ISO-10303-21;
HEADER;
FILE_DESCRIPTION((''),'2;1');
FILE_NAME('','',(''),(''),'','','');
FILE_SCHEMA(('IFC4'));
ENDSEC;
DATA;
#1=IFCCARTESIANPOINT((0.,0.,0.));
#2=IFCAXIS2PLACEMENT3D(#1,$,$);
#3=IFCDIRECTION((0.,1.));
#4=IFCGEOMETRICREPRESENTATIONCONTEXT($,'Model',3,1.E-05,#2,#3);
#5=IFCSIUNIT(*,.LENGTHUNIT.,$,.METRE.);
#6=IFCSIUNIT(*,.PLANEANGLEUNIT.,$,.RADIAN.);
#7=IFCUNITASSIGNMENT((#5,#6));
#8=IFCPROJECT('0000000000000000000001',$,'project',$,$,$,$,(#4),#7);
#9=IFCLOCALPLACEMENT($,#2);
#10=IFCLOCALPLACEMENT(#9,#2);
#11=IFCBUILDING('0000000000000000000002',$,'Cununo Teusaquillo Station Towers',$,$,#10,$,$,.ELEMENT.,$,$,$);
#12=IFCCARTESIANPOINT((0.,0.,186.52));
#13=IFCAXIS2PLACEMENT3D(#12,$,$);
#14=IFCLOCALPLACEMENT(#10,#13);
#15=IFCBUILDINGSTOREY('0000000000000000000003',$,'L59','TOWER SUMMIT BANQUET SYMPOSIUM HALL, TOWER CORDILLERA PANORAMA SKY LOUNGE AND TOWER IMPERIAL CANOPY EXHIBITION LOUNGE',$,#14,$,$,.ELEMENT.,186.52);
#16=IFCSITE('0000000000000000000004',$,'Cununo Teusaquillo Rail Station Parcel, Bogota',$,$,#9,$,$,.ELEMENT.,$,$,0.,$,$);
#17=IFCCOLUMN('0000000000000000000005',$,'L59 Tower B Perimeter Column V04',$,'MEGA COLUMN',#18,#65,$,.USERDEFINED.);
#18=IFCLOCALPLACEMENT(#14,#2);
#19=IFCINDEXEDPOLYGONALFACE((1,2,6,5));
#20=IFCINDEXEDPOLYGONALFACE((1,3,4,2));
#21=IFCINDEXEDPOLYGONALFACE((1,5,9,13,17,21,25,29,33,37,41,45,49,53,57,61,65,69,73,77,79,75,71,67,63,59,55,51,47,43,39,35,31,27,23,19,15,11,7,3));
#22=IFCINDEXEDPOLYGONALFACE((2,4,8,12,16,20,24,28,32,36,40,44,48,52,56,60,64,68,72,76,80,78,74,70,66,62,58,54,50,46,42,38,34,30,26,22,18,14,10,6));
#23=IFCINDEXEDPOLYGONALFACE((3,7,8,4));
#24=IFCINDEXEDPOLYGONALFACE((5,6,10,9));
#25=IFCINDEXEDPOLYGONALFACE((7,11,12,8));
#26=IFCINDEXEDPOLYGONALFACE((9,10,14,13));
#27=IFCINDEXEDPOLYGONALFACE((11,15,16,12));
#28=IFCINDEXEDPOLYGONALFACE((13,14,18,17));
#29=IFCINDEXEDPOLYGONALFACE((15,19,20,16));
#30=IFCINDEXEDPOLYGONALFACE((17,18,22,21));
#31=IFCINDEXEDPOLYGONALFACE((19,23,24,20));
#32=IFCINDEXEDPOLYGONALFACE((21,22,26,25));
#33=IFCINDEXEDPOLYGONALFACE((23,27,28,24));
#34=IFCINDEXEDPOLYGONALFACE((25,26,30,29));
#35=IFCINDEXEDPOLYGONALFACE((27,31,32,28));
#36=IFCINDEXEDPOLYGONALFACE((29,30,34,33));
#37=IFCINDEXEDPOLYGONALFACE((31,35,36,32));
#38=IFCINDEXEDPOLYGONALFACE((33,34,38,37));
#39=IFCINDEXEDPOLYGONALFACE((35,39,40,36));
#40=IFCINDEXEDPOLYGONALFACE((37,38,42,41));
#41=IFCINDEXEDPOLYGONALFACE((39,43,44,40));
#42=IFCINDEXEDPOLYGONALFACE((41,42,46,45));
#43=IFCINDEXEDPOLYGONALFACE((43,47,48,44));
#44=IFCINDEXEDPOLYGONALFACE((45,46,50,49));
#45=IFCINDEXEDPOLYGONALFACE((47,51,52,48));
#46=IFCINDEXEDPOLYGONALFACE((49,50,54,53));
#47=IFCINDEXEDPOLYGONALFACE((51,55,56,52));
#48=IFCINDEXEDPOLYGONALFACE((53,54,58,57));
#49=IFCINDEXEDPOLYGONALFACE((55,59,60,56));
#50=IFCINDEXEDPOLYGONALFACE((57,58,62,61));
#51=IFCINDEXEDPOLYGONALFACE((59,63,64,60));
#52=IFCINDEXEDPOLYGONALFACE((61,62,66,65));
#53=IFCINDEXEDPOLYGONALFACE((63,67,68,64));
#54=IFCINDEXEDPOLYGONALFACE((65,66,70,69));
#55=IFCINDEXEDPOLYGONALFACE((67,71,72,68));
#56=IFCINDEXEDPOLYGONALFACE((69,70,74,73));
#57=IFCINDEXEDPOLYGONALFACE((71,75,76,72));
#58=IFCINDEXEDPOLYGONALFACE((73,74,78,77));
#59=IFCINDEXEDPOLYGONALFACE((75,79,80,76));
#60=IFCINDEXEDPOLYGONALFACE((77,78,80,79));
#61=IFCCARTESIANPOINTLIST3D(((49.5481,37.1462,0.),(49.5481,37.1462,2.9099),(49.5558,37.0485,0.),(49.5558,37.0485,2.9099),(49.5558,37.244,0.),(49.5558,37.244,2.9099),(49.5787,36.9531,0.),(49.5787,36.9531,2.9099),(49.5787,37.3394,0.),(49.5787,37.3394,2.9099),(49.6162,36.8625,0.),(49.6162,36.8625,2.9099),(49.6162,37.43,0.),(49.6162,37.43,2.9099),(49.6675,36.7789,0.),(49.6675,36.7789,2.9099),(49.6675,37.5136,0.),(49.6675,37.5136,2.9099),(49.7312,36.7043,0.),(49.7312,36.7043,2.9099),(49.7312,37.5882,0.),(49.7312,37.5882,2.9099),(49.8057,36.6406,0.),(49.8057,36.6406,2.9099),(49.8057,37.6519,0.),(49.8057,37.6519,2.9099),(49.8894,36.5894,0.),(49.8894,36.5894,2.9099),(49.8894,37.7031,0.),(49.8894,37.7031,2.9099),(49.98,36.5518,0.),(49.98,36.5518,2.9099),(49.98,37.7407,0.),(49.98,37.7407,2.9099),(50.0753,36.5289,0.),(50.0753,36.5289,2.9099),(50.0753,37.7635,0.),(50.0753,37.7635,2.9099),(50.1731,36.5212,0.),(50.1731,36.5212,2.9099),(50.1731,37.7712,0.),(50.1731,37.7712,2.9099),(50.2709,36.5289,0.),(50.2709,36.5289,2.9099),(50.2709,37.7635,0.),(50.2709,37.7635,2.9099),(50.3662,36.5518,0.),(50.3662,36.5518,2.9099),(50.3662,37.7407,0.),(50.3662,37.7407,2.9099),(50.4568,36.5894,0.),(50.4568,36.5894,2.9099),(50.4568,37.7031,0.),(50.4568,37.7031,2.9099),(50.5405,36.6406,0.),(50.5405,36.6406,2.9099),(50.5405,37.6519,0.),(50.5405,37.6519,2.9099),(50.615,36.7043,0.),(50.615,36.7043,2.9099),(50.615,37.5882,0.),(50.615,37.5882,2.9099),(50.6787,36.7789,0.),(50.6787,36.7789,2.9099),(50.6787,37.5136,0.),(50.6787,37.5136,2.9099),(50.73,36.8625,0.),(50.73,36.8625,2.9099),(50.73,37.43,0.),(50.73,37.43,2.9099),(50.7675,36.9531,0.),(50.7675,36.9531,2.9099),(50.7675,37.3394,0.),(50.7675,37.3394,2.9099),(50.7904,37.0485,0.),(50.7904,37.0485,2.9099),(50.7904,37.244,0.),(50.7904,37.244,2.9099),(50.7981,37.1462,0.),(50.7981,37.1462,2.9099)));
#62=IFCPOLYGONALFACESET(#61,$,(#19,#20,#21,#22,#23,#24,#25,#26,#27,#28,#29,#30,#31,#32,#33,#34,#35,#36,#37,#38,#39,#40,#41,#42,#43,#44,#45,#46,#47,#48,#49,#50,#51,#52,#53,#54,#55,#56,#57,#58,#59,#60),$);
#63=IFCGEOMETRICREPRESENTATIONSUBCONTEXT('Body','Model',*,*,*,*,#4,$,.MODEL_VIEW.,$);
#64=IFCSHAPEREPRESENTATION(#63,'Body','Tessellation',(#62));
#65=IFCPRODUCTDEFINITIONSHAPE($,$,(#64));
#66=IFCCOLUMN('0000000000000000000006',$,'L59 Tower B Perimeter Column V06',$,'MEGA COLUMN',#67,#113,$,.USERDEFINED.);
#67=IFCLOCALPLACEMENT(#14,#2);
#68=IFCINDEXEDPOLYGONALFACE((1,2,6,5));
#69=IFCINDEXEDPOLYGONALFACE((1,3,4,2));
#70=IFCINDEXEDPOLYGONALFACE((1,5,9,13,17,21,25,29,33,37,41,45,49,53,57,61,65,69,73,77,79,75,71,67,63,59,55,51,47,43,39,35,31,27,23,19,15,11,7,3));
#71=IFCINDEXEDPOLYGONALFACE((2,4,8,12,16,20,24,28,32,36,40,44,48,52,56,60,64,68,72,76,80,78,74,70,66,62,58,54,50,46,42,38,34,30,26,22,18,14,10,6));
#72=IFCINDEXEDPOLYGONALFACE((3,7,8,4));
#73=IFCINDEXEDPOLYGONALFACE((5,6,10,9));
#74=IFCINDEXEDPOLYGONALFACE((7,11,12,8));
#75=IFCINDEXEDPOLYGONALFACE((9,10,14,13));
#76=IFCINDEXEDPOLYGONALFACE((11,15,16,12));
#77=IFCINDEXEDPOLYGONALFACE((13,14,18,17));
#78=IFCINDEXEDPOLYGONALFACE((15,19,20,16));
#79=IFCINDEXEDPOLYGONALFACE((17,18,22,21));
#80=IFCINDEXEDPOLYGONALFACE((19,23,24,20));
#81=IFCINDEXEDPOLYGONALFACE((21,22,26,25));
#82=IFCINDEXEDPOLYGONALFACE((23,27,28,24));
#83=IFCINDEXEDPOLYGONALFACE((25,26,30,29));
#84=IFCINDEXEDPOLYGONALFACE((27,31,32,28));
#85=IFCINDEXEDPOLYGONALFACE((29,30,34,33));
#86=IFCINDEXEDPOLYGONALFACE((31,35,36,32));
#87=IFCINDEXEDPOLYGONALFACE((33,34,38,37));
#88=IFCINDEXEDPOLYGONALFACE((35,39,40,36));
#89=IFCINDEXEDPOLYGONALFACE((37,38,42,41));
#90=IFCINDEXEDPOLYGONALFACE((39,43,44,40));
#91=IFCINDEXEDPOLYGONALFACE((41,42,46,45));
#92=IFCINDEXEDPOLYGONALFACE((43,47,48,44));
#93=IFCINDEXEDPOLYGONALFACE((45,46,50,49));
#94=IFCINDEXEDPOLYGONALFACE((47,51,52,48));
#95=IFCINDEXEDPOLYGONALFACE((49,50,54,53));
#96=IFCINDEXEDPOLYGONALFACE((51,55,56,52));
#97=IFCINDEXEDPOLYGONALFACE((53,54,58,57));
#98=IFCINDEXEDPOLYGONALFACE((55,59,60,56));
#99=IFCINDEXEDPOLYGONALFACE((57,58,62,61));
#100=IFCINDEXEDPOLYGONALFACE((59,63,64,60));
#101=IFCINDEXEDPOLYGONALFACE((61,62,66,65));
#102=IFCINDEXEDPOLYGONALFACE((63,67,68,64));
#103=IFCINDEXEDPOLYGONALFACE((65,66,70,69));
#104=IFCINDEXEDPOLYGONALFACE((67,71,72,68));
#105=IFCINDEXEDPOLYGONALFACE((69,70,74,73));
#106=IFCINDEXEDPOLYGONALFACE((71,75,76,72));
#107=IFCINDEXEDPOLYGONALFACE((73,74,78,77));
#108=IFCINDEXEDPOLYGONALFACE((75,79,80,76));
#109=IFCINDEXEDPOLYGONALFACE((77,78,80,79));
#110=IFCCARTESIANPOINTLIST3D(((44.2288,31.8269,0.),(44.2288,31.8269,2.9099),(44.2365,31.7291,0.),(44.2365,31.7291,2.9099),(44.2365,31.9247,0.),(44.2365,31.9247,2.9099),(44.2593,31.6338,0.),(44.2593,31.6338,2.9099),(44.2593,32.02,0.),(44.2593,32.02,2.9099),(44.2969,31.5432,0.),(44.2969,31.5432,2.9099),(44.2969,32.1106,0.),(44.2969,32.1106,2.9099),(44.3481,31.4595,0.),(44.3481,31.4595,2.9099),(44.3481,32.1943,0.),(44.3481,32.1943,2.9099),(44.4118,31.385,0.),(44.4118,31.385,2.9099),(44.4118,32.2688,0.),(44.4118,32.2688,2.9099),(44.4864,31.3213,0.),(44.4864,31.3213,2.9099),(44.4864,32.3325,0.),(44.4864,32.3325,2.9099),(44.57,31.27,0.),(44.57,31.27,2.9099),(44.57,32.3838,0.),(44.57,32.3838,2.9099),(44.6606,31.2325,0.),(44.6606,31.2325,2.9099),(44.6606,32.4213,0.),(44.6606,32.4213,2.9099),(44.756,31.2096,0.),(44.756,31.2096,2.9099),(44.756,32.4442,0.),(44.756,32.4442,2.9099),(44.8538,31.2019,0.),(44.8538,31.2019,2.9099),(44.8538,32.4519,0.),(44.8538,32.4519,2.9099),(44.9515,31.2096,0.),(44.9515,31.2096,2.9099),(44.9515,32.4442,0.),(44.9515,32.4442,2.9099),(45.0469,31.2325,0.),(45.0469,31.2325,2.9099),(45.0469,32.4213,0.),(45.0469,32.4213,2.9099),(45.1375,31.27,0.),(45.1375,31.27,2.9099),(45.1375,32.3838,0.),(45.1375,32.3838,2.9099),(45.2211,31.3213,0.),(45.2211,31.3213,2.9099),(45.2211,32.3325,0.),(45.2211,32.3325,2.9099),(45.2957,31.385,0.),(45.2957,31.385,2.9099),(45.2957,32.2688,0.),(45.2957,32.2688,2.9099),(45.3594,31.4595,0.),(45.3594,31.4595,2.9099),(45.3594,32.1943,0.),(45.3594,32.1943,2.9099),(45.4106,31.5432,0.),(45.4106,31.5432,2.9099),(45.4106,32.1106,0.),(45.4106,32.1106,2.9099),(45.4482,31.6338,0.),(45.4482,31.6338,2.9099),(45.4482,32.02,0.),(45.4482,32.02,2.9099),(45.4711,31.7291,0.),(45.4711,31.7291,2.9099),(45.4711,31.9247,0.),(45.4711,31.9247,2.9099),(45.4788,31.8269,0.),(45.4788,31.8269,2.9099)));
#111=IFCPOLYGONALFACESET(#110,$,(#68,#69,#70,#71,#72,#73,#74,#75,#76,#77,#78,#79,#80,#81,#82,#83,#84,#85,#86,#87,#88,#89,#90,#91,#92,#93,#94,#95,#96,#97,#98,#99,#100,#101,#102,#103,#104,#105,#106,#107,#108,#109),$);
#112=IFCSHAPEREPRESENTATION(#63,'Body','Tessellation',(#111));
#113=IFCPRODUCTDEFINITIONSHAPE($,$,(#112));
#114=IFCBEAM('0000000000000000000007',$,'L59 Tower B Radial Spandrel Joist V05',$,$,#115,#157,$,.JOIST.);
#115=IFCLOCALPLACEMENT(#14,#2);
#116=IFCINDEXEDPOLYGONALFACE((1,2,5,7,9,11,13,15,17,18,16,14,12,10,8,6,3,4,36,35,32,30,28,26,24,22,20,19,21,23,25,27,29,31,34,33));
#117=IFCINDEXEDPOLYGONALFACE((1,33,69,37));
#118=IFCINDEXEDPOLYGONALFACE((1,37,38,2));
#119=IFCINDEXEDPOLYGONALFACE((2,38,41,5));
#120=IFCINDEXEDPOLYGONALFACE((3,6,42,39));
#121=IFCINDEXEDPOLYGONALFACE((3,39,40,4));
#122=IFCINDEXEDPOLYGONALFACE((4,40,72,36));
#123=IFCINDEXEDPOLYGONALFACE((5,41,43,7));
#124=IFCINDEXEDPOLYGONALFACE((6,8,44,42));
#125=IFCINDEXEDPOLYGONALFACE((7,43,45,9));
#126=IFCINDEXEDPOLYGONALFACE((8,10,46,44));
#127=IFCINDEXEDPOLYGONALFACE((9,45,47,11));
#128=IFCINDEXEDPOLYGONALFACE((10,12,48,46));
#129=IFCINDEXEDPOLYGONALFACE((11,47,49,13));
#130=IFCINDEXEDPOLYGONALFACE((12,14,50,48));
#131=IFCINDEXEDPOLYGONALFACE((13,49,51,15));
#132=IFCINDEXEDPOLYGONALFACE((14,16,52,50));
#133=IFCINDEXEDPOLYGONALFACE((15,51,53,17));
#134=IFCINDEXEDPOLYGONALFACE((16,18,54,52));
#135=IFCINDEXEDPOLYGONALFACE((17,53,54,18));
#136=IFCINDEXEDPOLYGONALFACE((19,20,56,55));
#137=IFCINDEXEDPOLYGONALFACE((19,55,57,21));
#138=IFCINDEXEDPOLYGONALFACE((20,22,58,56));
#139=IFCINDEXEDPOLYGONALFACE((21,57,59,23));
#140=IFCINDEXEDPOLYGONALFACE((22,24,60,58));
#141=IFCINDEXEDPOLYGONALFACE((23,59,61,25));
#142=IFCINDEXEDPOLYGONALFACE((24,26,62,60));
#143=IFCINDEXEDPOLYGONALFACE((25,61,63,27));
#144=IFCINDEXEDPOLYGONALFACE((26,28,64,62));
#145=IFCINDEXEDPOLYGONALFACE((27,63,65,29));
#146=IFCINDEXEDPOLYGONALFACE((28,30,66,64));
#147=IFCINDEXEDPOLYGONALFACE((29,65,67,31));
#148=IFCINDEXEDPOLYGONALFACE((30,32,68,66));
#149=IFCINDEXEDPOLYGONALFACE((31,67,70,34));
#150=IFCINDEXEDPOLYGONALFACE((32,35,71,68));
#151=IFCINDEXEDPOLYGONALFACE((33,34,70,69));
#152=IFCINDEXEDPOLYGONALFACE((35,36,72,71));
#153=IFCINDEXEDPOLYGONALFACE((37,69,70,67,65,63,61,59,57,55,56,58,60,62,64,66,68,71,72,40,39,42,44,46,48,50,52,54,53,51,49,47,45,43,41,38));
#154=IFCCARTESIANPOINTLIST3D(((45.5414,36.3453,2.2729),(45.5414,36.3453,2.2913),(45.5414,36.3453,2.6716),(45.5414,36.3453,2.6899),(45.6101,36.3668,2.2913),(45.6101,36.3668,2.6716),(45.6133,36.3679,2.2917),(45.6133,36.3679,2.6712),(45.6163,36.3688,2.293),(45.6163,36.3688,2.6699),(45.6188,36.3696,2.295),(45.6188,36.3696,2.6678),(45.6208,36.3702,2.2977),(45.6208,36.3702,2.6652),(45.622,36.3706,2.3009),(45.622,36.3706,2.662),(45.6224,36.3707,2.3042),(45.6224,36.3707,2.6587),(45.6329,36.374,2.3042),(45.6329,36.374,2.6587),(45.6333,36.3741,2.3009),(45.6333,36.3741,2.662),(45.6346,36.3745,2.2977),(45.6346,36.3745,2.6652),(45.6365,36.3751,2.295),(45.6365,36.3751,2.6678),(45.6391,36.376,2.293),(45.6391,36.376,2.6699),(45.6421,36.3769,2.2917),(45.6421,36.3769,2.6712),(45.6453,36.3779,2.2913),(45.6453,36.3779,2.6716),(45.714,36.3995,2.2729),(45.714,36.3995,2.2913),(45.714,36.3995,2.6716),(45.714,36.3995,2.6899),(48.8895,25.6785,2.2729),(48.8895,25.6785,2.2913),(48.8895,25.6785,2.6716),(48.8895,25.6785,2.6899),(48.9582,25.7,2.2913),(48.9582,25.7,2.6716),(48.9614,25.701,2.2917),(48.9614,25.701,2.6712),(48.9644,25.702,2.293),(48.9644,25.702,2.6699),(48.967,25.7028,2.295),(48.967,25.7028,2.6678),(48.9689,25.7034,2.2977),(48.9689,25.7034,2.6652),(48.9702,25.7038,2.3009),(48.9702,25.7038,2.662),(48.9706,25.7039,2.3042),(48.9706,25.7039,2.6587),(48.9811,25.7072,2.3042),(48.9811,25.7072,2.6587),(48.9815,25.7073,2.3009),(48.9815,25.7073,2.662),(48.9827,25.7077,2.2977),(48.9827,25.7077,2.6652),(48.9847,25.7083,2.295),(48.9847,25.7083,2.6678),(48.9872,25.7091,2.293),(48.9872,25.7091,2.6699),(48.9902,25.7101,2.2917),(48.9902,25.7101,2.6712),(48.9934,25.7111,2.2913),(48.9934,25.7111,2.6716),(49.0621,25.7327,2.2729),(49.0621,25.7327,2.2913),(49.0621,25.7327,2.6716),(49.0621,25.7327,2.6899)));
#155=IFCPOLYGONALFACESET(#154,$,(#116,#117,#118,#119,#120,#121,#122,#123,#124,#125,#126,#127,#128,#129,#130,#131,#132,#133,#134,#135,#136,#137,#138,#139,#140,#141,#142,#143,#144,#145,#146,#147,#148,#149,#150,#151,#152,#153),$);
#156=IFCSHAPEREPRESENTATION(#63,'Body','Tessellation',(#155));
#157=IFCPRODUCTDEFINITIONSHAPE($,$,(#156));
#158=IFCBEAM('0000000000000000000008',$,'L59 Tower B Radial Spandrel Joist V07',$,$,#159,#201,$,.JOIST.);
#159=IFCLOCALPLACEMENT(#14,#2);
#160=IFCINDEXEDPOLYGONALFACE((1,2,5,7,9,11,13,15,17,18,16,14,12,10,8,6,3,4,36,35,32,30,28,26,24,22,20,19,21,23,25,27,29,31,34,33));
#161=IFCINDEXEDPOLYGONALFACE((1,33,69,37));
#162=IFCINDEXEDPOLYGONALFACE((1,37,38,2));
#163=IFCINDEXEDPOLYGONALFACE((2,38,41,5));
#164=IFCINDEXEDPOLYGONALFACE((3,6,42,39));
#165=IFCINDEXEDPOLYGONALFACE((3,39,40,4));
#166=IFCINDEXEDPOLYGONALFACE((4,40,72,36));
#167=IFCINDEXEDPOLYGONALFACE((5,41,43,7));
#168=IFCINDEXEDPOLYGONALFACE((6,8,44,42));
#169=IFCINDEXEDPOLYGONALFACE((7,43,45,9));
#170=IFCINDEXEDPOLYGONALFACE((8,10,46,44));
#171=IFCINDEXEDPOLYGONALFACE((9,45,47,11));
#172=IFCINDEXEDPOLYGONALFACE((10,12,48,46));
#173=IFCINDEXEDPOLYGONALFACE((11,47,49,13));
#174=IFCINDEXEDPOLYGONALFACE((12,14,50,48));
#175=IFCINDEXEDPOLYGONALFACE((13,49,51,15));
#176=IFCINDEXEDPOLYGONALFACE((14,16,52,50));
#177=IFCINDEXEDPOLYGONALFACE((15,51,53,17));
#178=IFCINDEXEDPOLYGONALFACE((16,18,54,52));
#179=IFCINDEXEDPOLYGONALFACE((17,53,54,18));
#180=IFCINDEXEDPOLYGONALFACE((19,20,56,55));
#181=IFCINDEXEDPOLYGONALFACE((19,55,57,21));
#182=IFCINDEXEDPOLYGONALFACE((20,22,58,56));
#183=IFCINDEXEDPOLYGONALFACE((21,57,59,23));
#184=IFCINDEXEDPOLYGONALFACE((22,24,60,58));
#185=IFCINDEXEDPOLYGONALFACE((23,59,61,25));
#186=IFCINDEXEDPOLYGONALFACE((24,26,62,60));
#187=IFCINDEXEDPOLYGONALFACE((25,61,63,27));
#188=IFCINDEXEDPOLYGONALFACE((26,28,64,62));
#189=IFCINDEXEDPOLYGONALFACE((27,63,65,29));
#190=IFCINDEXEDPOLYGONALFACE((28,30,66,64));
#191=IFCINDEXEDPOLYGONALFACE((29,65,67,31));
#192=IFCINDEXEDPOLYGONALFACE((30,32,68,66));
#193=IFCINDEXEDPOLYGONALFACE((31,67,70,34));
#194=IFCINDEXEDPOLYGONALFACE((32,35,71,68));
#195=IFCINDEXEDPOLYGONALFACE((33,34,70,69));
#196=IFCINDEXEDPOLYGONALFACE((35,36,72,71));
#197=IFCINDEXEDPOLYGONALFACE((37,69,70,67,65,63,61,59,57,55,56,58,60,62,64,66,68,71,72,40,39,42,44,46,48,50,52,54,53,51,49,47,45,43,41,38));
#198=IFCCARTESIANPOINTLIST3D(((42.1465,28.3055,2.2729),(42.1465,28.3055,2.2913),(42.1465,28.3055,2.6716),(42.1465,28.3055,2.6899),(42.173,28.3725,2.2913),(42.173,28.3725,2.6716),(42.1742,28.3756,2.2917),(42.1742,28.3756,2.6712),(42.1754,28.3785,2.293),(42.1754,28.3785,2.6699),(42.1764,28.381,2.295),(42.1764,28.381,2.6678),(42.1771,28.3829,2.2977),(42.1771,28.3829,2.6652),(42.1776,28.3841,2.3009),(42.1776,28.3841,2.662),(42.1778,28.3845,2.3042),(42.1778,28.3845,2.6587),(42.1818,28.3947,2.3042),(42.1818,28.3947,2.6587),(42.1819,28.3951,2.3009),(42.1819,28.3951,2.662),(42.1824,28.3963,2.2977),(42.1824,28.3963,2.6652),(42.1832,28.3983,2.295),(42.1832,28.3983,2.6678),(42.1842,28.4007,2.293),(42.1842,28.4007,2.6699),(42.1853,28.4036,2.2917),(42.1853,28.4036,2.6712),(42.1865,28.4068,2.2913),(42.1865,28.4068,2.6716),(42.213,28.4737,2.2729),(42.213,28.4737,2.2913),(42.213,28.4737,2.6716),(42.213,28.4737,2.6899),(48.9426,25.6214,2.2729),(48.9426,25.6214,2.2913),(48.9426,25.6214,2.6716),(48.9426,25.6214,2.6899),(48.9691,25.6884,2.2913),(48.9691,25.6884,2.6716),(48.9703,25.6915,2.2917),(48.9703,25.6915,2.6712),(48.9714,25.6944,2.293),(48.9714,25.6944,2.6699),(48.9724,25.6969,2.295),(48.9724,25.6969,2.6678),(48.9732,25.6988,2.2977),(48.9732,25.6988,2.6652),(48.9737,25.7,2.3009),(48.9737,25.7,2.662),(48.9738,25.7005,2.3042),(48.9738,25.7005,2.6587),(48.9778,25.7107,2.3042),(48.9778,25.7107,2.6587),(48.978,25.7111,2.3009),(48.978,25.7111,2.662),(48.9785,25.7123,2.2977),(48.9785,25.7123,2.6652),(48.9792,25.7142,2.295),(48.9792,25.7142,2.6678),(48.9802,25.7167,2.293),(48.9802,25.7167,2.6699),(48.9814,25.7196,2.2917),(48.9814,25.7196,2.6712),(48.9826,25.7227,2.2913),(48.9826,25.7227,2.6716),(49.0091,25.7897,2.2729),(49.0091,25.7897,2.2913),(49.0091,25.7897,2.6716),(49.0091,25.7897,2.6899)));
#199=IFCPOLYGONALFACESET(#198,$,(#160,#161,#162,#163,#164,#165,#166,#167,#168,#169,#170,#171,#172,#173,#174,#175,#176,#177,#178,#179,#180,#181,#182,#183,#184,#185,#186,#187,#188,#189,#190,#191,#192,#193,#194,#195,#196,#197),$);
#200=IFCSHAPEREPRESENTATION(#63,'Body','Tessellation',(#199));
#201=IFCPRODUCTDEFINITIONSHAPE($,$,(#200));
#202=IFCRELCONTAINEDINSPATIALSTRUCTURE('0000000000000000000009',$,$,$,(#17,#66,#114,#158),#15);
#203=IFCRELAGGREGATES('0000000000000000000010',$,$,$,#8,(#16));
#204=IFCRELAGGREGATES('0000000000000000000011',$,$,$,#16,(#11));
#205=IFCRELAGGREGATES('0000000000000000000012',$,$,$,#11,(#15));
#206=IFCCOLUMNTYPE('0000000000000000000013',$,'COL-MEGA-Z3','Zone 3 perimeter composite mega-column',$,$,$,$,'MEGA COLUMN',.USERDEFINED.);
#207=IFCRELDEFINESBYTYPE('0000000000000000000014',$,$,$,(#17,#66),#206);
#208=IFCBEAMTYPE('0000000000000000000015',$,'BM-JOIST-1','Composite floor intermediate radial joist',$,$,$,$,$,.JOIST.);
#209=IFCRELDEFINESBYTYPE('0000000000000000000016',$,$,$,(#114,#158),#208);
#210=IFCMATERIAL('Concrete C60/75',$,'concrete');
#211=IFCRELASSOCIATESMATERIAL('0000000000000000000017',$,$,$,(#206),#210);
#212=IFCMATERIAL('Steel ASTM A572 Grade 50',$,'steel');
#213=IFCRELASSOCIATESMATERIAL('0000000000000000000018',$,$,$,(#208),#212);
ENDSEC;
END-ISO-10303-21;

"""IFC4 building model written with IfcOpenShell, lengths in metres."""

from ifc_helpers import new_model, si_unit, direction, frame, origin, origin_2d, place, context, subcontext, project, spatial, circle, i_section, extrude, material, material_profile, profile_set, type_object, element, save


model = new_model("IFC4")

# Units and contexts
model_context = context("Model", 3, precision=1e-05, world=origin(), true_north=direction((0.0, 1.0)))
body_context = subcontext(model_context, "Body", "Model", "MODEL_VIEW")
ifc_project = project(units=[si_unit("LENGTHUNIT", "METRE"), si_unit("PLANEANGLEUNIT", "RADIAN")], contexts=[model_context])

# Site, building, storey
site_placement = place(None, origin())
site = spatial("IfcSite", under=ifc_project, at=site_placement, Name="Cununo Teusaquillo Rail Station Parcel, Bogota", CompositionType="ELEMENT", RefElevation=0.0)
building_placement = place(site_placement, origin())
building = spatial("IfcBuilding", under=site, at=building_placement, Name="Cununo Teusaquillo Station Towers", CompositionType="ELEMENT")
storey_placement = place(building_placement, frame((0.0, 0.0, 186.52)))
storey = spatial("IfcBuildingStorey", under=building, at=storey_placement, Name="L59", Description="TOWER SUMMIT BANQUET SYMPOSIUM HALL, TOWER CORDILLERA PANORAMA SKY LOUNGE AND TOWER IMPERIAL CANOPY EXHIBITION LOUNGE", CompositionType="ELEMENT", Elevation=186.52)

# Columns
ifc_material_1 = material(Name="Concrete C60/75", Category="concrete")
ifc_material_profile_1 = material_profile(ifc_material_1, circle(Radius=0.625, at=origin_2d()), Name="RC-CIRC-1250")
ifc_profile_set_1 = profile_set([ifc_material_profile_1], Name="Concrete C60/75")
column_type = type_object("IfcColumnType", Name="COL-MEGA-Z3", Description="Zone 3 perimeter composite mega-column", ElementType="MEGA COLUMN", PredefinedType="USERDEFINED", material=ifc_profile_set_1)
for number, where, z_axis, x_axis, name in (
    (1, (50.1731, 37.1462, 0.0), (0.0, 0.0, 1.0), (1.0, 0.0, 0.0), "L59 Tower B Perimeter Column V04"),
    (2, (44.8538, 31.8269, 0.0), (0.0, 0.0, 1.0), (1.0, 0.0, 0.0), "L59 Tower B Perimeter Column V06"),
):
    element("IfcColumn", number, at=place(storey_placement, frame(where, z_axis=z_axis, x_axis=x_axis)), inside=storey, type_object=column_type, Name=name, ObjectType="MEGA COLUMN", PredefinedType="USERDEFINED", context=body_context, shape_type="SweptSolid", body=[
        extrude(circle(Radius=0.625, at=origin_2d()), origin(), (0.0, 0.0, 1.0), 2.9099),
    ])

# Beams
ifc_material_2 = material(Name="Steel ASTM A572 Grade 50", Category="steel")
ifc_material_profile_2 = material_profile(ifc_material_2, i_section(OverallWidth=0.1809, OverallDepth=0.417, WebThickness=0.011, FlangeThickness=0.0183, FilletRadius=0.0129, at=origin_2d()), Name="W16X57")
ifc_profile_set_2 = profile_set([ifc_material_profile_2], Name="Steel ASTM A572 Grade 50")
beam_type_1 = type_object("IfcBeamType", Name="BM-JOIST-1", Description="Composite floor intermediate radial joist", PredefinedType="JOIST", material=ifc_profile_set_2)
beam_1_placement = place(storey_placement, frame((48.9758, 25.7056, 2.4814), z_axis=(-0.29948, 0.954103, 0.0), x_axis=(-0.954103, -0.29948, 0.0)))
element("IfcBeam", 3, at=beam_1_placement, inside=storey, type_object=beam_type_1, Name="L59 Tower B Radial Spandrel Joist V05", PredefinedType="JOIST", context=body_context, shape_type="SweptSolid", body=[
    extrude(i_section(OverallWidth=0.1809, OverallDepth=0.417, WebThickness=0.011, FlangeThickness=0.0183, FilletRadius=0.0129, at=origin_2d()), origin(), (0.0, 0.0, 1.0), 11.1799),
])
beam_2_placement = place(storey_placement, frame((48.9758, 25.7056, 2.4814), z_axis=(-0.93009, 0.367332, 0.0), x_axis=(-0.367332, -0.93009, 0.0)))
element("IfcBeam", 4, at=beam_2_placement, inside=storey, type_object=beam_type_1, Name="L59 Tower B Radial Spandrel Joist V07", PredefinedType="JOIST", context=body_context, shape_type="SweptSolid", body=[
    extrude(i_section(OverallWidth=0.1809, OverallDepth=0.417, WebThickness=0.011, FlangeThickness=0.0183, FilletRadius=0.0129, at=origin_2d()), origin(), (0.0, 0.0, 1.0), 7.3069),
])

save(model, "model.ifc")
